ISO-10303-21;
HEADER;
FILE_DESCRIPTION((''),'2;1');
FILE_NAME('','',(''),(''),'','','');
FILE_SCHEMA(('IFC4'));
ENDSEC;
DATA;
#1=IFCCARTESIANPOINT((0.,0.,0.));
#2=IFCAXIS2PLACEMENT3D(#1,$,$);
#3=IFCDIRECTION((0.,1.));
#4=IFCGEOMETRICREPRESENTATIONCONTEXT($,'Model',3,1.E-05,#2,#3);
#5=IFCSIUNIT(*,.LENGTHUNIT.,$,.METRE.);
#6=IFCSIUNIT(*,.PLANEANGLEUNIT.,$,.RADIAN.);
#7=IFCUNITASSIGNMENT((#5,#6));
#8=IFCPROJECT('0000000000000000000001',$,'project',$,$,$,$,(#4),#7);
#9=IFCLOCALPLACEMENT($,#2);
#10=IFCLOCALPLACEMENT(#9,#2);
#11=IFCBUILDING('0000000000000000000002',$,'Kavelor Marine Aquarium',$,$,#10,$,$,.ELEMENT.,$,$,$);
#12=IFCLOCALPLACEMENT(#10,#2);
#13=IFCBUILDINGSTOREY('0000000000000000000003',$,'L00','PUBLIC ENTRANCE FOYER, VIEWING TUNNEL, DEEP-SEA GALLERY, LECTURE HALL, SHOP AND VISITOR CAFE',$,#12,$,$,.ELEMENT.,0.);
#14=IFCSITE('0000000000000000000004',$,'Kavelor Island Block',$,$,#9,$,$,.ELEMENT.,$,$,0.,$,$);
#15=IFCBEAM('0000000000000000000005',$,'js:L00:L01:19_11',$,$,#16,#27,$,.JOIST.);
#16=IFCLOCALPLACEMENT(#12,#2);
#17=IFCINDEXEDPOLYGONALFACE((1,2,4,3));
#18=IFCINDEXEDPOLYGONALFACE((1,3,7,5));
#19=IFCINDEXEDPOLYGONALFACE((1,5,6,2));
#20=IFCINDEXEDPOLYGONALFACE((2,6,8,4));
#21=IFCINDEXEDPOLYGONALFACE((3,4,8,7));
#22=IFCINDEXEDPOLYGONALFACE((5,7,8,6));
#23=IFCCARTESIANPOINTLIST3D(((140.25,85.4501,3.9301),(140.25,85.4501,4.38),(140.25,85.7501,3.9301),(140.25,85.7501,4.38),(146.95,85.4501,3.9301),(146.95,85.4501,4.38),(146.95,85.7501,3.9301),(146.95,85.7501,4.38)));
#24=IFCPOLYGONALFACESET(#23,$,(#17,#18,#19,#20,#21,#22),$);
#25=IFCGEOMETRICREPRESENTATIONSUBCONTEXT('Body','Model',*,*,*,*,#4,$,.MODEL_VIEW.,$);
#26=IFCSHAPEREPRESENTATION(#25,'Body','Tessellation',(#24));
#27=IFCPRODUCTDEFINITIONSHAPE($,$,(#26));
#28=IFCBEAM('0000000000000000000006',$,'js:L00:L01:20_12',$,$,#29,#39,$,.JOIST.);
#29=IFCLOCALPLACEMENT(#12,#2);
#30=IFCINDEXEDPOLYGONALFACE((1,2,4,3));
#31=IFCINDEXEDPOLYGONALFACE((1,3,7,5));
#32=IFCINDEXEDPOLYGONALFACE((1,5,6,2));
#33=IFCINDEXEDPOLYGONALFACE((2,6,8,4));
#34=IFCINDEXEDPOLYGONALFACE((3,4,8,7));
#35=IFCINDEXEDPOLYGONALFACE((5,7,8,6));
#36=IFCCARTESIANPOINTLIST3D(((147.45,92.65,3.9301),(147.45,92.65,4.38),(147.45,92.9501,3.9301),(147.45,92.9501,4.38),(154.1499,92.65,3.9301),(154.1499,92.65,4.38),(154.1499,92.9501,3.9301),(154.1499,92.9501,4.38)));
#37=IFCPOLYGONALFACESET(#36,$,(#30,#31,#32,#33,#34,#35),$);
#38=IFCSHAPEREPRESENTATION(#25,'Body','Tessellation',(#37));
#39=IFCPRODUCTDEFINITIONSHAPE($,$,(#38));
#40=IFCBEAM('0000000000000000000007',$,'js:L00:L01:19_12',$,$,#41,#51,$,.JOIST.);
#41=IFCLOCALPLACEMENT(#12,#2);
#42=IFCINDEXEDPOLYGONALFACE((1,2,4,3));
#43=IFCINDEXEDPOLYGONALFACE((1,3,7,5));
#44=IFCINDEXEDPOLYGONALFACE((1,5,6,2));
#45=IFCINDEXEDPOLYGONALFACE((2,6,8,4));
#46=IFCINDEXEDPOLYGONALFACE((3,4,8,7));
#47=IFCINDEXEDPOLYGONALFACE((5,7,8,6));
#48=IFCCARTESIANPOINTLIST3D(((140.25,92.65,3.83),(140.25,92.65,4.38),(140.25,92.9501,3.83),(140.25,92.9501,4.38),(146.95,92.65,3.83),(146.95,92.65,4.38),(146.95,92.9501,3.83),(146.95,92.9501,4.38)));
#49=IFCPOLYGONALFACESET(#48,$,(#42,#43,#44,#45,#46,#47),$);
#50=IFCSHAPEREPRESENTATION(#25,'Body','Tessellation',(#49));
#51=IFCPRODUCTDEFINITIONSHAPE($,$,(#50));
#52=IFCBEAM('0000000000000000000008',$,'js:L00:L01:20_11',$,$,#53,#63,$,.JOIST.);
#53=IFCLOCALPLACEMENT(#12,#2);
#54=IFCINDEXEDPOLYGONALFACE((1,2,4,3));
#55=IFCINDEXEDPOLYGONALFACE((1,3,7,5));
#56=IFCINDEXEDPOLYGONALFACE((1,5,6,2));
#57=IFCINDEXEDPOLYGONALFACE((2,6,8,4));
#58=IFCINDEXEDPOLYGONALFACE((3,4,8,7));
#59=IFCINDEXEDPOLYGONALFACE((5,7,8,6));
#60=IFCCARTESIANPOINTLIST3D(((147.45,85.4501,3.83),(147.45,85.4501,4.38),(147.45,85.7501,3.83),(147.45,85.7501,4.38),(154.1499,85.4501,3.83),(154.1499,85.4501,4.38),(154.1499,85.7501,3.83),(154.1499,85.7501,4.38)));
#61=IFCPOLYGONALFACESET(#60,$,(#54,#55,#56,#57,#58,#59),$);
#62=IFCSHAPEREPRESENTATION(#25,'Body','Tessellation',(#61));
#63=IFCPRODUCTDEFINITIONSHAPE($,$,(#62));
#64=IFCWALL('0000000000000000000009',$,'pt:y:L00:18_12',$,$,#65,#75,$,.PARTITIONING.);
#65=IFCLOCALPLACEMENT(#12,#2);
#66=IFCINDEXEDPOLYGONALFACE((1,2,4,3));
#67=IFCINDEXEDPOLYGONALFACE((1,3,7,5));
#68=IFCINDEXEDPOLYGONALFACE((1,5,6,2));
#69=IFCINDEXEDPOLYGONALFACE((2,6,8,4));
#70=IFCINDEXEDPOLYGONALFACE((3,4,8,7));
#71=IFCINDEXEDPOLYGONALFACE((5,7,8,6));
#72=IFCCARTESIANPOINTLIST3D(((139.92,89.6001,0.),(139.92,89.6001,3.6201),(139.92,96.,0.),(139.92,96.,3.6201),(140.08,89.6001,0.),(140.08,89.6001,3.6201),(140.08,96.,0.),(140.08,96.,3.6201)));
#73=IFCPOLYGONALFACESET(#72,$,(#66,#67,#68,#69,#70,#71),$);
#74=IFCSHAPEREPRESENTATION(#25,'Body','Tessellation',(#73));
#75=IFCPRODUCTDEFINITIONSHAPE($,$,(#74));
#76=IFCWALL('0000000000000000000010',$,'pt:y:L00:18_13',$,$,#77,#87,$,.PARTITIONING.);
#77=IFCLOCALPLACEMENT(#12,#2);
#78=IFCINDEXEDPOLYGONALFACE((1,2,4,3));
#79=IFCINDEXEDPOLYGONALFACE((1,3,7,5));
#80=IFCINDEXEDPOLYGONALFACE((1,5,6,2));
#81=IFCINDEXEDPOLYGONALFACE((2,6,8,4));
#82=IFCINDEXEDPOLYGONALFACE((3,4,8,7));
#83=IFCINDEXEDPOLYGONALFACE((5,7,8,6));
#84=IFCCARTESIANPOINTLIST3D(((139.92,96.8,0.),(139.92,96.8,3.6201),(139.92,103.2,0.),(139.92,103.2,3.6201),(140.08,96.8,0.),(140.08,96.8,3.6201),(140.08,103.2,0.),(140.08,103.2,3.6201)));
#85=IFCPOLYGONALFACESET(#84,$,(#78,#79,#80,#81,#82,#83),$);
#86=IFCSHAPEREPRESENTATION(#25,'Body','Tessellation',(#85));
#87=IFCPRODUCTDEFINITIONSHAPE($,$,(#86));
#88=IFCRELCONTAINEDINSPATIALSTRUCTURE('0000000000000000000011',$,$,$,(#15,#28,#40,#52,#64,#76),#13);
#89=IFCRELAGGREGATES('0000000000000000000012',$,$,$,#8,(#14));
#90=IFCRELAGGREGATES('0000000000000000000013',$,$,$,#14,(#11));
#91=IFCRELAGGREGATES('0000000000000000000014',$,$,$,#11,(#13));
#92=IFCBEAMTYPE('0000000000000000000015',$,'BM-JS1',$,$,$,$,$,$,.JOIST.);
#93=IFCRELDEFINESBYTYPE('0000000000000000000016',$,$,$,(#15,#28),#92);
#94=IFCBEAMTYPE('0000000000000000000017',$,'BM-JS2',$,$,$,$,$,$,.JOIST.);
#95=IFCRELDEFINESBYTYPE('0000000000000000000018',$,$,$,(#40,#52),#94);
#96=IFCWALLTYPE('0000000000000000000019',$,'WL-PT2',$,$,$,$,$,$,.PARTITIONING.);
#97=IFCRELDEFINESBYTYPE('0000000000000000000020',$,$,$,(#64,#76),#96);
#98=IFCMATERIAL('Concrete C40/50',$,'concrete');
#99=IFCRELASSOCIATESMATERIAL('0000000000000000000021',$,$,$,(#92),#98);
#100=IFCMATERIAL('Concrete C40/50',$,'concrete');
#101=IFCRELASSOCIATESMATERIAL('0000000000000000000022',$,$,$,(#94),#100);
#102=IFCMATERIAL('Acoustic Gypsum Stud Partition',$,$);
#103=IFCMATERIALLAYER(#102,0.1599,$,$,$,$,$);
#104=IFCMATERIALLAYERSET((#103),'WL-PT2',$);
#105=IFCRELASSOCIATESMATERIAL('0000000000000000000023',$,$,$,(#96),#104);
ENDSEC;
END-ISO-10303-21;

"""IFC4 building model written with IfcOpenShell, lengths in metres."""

from ifc_helpers import new_model, si_unit, direction, frame, frame_2d, origin, origin_2d, place, context, subcontext, project, spatial, rectangle, extrude, material, layer, layer_set, material_profile, profile_set, type_object, element, save


model = new_model("IFC4")

# Units and contexts
model_context = context("Model", 3, precision=1e-05, world=origin(), true_north=direction((0.0, 1.0)))
body_context = subcontext(model_context, "Body", "Model", "MODEL_VIEW")
ifc_project = project(units=[si_unit("LENGTHUNIT", "METRE"), si_unit("PLANEANGLEUNIT", "RADIAN")], contexts=[model_context])

# Site, building, storey
site_placement = place(None, origin())
site = spatial("IfcSite", under=ifc_project, at=site_placement, Name="Kavelor Island Block", CompositionType="ELEMENT", RefElevation=0.0)
building_placement = place(site_placement, origin())
building = spatial("IfcBuilding", under=site, at=building_placement, Name="Kavelor Marine Aquarium", CompositionType="ELEMENT")
storey_placement = place(building_placement, origin())
storey = spatial("IfcBuildingStorey", under=building, at=storey_placement, Name="L00", Description="PUBLIC ENTRANCE FOYER, VIEWING TUNNEL, DEEP-SEA GALLERY, LECTURE HALL, SHOP AND VISITOR CAFE", CompositionType="ELEMENT", Elevation=0.0)

# Beams
ifc_material_1 = material(Name="Concrete C40/50", Category="concrete")
ifc_material_profile_1 = material_profile(ifc_material_1, rectangle(XDim=0.3, YDim=0.45, at=origin_2d()), Name="RC-JS 300x450")
ifc_profile_set_1 = profile_set([ifc_material_profile_1], Name="Concrete C40/50")
beam_type_1 = type_object("IfcBeamType", Name="BM-JS1", PredefinedType="JOIST", material=ifc_profile_set_1)
for number, where, z_axis, x_axis, name in (
    (1, (140.25, 85.6001, 4.155), (1.0, 0.0, 0.0), (0.0, 1.0, 0.0), "js:L00:L01:19_11"),
    (2, (147.45, 92.8, 4.155), (1.0, 0.0, 0.0), (0.0, 1.0, 0.0), "js:L00:L01:20_12"),
):
    element("IfcBeam", number, at=place(storey_placement, frame(where, z_axis=z_axis, x_axis=x_axis)), inside=storey, type_object=beam_type_1, Name=name, PredefinedType="JOIST", context=body_context, shape_type="SweptSolid", body=[
        extrude(rectangle(XDim=0.3, YDim=0.45, at=origin_2d()), origin(), (0.0, 0.0, 1.0), 6.7),
    ])
ifc_material_2 = material(Name="Concrete C40/50", Category="concrete")
ifc_material_profile_2 = material_profile(ifc_material_2, rectangle(XDim=0.3, YDim=0.55, at=origin_2d()), Name="RC-JS 300x550")
ifc_profile_set_2 = profile_set([ifc_material_profile_2], Name="Concrete C40/50")
beam_type_2 = type_object("IfcBeamType", Name="BM-JS2", PredefinedType="JOIST", material=ifc_profile_set_2)
for number, where, z_axis, x_axis, name in (
    (3, (140.25, 92.8, 4.105), (1.0, 0.0, 0.0), (0.0, 1.0, 0.0), "js:L00:L01:19_12"),
    (4, (147.45, 85.6001, 4.105), (1.0, 0.0, 0.0), (0.0, 1.0, 0.0), "js:L00:L01:20_11"),
):
    element("IfcBeam", number, at=place(storey_placement, frame(where, z_axis=z_axis, x_axis=x_axis)), inside=storey, type_object=beam_type_2, Name=name, PredefinedType="JOIST", context=body_context, shape_type="SweptSolid", body=[
        extrude(rectangle(XDim=0.3, YDim=0.55, at=origin_2d()), origin(), (0.0, 0.0, 1.0), 6.7),
    ])

# Walls
ifc_material_3 = material(Name="Acoustic Gypsum Stud Partition")
ifc_layer = layer(ifc_material_3, 0.1599)
ifc_layer_set = layer_set([ifc_layer], Name="WL-PT2")
wall_type = type_object("IfcWallType", Name="WL-PT2", PredefinedType="PARTITIONING", material=ifc_layer_set)
for number, where, z_axis, x_axis, name in (
    (5, (140.0, 89.6001, 0.0), (0.0, 0.0, 1.0), (0.0, 1.0, 0.0), "pt:y:L00:18_12"),
    (6, (140.0, 96.8, 0.0), (0.0, 0.0, 1.0), (0.0, 1.0, 0.0), "pt:y:L00:18_13"),
):
    element("IfcWall", number, at=place(storey_placement, frame(where, z_axis=z_axis, x_axis=x_axis)), inside=storey, type_object=wall_type, Name=name, PredefinedType="PARTITIONING", context=body_context, shape_type="SweptSolid", body=[
        extrude(rectangle(XDim=6.3999, YDim=0.1599, at=frame_2d((3.2, 0.0))), origin(), (0.0, 0.0, 1.0), 3.6201),
    ])

save(model, "model.ifc")
